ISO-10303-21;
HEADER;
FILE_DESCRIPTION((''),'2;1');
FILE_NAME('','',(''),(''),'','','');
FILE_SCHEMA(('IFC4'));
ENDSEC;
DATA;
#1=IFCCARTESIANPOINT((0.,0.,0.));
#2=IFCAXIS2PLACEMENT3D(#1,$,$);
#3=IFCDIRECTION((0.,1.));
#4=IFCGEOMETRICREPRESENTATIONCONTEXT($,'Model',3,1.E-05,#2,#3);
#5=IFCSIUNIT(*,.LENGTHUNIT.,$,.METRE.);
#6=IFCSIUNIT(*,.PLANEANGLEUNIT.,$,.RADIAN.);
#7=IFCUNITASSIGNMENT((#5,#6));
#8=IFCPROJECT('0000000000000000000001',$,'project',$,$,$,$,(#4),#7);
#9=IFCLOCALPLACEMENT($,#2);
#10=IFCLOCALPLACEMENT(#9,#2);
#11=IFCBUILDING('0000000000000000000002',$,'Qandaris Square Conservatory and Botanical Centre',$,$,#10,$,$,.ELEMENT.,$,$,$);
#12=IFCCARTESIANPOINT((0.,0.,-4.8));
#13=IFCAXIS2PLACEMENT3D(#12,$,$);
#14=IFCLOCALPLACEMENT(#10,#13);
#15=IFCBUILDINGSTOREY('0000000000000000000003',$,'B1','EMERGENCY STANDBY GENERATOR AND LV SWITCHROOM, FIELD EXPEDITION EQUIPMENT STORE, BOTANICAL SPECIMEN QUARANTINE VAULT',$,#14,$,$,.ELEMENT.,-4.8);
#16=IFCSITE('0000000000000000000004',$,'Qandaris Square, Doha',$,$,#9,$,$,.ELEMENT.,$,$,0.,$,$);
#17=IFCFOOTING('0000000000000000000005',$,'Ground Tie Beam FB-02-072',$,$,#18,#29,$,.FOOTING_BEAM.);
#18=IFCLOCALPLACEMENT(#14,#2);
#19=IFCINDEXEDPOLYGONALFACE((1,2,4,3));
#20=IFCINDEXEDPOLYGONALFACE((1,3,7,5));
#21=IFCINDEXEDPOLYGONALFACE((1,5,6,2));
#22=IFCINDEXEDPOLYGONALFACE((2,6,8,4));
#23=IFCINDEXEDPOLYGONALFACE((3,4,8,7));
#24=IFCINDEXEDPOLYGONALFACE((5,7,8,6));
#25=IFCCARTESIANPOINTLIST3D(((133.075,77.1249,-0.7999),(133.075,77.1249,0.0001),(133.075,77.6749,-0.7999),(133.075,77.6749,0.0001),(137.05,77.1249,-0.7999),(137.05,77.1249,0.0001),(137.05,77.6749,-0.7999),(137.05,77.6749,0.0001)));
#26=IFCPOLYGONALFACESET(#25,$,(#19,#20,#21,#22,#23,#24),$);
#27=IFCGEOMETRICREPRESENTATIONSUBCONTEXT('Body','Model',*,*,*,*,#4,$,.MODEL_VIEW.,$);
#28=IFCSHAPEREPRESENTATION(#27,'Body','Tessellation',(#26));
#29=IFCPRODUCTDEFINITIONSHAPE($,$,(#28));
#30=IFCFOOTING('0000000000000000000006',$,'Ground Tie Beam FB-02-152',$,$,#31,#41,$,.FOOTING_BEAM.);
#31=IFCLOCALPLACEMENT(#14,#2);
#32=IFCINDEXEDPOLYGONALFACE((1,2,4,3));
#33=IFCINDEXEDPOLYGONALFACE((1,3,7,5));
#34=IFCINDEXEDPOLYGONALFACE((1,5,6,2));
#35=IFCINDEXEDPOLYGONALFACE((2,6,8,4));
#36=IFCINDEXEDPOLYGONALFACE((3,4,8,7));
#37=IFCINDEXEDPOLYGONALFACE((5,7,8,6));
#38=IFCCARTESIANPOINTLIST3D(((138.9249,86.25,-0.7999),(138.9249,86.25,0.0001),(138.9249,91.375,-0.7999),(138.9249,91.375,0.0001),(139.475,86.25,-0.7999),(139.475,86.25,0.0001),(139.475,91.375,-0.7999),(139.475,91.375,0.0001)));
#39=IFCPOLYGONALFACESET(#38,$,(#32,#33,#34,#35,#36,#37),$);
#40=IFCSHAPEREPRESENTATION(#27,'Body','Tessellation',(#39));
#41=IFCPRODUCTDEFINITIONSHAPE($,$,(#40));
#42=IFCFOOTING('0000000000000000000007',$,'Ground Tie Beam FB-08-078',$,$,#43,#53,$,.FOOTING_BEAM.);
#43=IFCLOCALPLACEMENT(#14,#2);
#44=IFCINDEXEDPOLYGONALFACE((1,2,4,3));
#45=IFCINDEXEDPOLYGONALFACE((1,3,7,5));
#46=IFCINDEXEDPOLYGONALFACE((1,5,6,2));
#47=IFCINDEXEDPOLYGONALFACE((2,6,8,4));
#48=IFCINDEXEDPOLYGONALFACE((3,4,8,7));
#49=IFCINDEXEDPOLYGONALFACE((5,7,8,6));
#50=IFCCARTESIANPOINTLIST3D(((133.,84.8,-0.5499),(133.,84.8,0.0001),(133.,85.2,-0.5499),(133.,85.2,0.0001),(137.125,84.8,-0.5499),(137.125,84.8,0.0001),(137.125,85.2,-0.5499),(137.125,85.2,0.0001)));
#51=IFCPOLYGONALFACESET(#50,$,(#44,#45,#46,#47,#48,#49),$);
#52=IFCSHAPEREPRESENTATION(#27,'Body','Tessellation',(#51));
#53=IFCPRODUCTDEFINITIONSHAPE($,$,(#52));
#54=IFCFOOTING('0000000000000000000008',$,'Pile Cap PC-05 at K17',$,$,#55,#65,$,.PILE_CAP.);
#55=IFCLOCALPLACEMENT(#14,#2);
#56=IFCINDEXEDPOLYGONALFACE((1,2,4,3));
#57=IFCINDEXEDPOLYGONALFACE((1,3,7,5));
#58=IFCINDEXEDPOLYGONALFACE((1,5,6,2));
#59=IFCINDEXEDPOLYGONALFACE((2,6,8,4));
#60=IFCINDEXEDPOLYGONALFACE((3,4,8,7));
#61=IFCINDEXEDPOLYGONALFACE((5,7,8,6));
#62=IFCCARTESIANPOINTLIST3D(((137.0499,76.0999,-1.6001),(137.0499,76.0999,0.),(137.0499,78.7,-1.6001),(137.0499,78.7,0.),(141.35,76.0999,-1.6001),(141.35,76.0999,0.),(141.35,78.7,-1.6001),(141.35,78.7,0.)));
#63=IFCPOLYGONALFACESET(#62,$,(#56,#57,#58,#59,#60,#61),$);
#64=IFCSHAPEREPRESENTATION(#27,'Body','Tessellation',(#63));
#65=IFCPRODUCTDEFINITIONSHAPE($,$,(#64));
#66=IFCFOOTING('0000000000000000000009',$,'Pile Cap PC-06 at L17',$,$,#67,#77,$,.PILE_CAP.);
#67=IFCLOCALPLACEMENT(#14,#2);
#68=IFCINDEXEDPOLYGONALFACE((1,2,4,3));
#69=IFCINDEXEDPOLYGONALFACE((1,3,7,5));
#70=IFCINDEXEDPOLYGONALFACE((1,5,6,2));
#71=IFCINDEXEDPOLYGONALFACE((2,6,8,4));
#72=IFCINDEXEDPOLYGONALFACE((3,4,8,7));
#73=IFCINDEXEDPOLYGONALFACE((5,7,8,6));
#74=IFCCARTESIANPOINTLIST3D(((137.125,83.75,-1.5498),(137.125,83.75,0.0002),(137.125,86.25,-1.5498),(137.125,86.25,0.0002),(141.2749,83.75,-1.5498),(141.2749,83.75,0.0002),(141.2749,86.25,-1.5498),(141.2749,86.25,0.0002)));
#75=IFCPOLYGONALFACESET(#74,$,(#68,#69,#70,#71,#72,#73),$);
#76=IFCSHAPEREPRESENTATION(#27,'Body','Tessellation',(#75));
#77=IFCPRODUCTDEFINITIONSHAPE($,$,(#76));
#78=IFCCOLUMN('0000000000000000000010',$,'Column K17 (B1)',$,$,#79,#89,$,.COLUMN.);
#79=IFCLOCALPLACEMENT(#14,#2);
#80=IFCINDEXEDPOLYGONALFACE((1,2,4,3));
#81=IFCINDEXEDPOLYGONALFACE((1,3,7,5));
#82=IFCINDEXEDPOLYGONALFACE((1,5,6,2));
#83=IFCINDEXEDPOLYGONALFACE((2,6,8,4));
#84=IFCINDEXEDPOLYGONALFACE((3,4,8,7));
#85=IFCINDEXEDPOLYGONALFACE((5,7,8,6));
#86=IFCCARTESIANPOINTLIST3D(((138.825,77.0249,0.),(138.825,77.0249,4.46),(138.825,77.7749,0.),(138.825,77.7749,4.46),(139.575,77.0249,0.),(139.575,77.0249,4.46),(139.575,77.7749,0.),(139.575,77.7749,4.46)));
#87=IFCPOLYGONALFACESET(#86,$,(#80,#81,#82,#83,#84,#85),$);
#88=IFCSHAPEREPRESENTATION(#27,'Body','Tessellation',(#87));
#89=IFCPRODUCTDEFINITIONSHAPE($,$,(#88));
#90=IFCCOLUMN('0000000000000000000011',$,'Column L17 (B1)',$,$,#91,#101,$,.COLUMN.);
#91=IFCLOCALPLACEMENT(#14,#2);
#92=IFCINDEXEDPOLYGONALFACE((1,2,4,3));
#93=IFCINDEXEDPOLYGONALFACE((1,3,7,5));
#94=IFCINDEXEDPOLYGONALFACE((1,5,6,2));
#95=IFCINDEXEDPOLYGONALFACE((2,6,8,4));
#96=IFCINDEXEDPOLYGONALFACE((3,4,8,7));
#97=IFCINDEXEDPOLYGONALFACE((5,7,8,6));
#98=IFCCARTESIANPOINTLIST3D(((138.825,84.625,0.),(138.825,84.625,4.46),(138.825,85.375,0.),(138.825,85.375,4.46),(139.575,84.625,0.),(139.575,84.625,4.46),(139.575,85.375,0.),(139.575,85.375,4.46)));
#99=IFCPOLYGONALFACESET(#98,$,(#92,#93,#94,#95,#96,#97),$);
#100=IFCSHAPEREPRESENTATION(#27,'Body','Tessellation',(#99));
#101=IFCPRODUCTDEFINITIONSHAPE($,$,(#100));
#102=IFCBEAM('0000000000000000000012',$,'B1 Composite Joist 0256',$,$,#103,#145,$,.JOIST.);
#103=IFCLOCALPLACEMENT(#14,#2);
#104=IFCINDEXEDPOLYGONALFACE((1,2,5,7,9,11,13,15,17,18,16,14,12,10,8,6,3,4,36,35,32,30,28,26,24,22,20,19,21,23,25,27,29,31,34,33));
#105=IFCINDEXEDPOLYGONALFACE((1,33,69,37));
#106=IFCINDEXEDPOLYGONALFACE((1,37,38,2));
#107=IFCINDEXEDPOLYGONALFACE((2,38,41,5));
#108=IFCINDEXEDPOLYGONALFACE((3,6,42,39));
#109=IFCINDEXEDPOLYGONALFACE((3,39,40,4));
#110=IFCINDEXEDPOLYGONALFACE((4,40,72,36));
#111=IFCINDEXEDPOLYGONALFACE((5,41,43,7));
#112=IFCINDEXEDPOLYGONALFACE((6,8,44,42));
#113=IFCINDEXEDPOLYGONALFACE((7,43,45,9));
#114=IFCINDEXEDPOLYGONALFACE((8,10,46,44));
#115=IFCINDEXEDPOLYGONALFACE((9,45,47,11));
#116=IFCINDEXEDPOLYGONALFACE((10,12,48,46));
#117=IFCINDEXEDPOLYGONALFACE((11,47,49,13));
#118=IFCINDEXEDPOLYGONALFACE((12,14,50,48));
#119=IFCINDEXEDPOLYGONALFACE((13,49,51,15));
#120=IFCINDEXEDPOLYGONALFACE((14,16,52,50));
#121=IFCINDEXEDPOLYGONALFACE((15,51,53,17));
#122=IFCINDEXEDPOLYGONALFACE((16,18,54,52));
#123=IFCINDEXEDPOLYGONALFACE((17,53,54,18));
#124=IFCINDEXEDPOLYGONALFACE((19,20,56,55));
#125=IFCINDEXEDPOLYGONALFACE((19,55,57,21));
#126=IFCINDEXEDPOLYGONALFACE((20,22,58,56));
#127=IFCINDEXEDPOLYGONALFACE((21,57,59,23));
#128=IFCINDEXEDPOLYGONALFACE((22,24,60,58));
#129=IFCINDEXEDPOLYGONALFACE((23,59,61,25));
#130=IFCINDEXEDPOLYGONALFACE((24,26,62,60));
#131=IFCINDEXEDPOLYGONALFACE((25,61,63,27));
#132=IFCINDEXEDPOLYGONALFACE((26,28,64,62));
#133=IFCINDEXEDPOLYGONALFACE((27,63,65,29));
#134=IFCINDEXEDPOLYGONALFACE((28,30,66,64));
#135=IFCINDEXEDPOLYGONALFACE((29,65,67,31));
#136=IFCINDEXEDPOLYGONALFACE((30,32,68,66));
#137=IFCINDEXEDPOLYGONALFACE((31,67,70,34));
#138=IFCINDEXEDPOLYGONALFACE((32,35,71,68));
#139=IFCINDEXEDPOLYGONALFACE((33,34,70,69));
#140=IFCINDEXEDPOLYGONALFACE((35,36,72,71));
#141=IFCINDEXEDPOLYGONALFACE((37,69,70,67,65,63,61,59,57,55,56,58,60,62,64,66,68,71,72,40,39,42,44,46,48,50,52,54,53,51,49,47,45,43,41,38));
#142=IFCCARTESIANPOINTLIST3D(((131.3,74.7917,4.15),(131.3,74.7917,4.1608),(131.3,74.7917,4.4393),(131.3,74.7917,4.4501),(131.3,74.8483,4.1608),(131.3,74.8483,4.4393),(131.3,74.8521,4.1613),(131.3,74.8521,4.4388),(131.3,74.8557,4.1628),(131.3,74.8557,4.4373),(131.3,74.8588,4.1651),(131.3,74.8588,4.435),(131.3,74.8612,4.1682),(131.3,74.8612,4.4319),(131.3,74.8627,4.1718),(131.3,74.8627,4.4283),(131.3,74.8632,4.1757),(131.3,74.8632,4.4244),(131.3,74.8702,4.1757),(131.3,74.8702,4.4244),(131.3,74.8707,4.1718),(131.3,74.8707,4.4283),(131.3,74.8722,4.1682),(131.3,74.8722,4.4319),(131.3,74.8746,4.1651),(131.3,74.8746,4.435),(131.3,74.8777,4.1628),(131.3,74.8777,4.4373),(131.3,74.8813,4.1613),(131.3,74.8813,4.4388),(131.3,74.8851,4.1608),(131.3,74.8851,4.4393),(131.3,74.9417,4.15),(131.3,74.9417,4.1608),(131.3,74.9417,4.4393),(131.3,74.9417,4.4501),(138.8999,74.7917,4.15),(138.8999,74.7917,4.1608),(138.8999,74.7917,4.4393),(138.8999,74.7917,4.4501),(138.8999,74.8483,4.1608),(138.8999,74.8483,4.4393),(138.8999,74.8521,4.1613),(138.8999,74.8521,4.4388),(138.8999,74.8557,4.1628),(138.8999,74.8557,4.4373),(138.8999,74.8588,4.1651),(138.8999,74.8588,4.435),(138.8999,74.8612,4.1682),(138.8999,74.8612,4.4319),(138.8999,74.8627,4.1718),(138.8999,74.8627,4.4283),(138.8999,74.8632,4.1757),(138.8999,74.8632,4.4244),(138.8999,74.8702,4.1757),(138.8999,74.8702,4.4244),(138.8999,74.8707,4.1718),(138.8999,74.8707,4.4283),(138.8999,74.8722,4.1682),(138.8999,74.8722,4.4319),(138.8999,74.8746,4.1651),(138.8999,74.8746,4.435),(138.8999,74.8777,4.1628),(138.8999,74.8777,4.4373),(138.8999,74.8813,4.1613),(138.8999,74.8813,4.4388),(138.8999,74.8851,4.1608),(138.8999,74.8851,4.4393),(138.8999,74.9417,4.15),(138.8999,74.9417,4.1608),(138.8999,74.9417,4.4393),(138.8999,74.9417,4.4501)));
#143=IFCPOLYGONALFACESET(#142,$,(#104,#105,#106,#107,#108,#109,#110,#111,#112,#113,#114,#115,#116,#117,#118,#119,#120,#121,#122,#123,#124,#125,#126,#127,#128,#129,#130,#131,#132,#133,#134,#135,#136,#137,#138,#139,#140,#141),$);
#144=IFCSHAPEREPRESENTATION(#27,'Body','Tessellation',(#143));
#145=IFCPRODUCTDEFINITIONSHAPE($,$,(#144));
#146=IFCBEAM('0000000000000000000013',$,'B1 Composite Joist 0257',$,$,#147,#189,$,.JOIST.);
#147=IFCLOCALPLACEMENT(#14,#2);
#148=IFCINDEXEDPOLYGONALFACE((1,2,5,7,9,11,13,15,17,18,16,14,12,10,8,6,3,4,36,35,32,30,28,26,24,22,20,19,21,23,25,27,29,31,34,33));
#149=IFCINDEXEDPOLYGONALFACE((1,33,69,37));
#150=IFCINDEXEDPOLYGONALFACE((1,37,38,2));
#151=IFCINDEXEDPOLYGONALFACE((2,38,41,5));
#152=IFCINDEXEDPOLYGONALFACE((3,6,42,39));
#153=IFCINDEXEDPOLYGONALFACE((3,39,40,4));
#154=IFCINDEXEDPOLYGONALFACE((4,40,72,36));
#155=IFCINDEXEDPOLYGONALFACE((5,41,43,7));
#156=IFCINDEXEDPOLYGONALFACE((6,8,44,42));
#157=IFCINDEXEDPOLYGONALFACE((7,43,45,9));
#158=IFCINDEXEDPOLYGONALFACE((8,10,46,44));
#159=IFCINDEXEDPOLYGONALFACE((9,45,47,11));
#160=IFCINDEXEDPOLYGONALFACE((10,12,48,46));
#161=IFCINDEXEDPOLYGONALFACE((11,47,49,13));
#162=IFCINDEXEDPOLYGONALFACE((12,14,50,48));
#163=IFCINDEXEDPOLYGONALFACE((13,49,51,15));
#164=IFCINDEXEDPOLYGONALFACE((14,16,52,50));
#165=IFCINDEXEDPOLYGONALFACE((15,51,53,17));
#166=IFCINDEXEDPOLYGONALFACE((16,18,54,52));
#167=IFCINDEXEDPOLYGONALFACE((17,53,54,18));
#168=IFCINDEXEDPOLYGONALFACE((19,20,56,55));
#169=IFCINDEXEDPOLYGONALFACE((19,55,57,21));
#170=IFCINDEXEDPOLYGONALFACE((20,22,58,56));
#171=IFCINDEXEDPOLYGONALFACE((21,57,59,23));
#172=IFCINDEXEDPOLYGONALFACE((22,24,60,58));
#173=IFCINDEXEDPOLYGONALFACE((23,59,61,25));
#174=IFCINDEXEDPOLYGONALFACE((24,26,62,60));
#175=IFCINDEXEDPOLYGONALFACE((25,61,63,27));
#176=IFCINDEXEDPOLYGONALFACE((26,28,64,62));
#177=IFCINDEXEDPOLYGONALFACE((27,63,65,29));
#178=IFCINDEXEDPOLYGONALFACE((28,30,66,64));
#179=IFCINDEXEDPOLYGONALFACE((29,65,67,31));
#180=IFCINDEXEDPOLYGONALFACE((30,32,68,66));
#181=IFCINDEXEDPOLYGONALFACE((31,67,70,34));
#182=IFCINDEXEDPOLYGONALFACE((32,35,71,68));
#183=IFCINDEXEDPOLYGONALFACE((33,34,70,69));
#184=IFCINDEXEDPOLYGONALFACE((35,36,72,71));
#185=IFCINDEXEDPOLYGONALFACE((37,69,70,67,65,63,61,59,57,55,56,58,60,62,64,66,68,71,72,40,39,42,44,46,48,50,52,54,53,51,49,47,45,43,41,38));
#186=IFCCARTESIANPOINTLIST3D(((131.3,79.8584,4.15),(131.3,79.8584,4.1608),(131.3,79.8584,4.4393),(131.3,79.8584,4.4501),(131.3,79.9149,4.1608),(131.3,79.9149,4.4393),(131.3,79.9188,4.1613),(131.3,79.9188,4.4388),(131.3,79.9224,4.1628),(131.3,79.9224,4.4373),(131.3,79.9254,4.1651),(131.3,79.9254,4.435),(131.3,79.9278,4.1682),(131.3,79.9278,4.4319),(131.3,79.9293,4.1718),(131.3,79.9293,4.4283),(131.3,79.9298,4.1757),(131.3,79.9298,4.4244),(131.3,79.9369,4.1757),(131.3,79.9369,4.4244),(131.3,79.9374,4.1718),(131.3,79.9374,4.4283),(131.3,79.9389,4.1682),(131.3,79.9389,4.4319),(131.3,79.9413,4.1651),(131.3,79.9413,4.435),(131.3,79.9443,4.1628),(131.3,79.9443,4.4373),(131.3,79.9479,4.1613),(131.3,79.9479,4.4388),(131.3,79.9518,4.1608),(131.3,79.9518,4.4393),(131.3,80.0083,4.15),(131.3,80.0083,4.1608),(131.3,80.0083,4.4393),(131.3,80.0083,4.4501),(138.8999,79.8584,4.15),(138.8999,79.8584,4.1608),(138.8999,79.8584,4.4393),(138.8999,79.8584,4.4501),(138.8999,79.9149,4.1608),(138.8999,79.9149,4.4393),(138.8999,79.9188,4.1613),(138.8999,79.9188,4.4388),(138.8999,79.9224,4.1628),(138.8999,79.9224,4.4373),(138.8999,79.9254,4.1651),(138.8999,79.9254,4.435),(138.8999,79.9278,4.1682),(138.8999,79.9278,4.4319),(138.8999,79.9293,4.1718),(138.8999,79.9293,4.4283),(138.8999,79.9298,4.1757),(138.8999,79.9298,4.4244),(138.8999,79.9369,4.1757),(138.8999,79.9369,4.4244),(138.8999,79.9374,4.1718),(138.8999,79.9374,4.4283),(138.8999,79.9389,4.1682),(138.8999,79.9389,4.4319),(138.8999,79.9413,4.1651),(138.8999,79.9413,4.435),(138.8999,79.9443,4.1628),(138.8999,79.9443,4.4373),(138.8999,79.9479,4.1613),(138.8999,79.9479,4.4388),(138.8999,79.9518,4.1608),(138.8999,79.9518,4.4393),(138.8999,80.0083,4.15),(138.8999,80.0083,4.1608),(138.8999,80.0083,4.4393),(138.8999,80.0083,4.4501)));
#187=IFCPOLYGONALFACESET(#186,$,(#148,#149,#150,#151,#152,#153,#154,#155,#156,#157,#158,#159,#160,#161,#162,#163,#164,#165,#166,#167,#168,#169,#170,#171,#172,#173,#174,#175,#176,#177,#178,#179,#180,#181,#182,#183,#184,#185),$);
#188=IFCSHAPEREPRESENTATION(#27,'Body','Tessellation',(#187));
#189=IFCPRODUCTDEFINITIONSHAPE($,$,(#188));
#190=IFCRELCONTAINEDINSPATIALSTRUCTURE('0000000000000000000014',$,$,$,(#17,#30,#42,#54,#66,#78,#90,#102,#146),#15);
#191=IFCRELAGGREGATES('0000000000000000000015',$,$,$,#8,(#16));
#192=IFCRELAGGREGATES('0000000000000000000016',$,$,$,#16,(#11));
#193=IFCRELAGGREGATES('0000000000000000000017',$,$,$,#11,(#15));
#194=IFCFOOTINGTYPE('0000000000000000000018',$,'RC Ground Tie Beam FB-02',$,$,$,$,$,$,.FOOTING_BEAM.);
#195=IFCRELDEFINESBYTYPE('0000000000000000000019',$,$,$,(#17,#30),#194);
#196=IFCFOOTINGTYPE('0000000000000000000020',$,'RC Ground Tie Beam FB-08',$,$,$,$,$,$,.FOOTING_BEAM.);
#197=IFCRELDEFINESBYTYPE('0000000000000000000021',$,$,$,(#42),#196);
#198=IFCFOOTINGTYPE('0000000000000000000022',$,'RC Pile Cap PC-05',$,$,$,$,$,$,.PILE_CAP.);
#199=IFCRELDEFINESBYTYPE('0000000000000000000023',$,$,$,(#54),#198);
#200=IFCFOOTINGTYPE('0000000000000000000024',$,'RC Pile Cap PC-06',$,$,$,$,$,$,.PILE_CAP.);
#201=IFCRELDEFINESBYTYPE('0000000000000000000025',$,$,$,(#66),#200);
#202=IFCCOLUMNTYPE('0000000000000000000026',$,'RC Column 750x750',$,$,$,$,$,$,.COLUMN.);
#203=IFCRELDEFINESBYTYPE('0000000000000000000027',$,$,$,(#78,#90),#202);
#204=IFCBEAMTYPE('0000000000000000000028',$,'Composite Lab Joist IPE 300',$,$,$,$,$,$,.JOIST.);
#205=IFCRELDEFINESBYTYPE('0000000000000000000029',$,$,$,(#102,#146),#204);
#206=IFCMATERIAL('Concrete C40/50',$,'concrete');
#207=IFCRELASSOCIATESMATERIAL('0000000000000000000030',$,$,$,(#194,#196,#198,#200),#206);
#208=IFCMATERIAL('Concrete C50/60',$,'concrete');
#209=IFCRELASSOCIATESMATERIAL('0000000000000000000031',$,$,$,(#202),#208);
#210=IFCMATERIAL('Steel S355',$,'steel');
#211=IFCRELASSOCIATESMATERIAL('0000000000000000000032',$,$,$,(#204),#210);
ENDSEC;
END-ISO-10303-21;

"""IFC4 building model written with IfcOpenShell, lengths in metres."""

from ifc_helpers import new_model, si_unit, direction, frame, origin, origin_2d, place, context, subcontext, project, spatial, rectangle, i_section, extrude, material, material_profile, profile_set, type_object, element, save


model = new_model("IFC4")

# Units and contexts
model_context = context("Model", 3, precision=1e-05, world=origin(), true_north=direction((0.0, 1.0)))
body_context = subcontext(model_context, "Body", "Model", "MODEL_VIEW")
ifc_project = project(units=[si_unit("LENGTHUNIT", "METRE"), si_unit("PLANEANGLEUNIT", "RADIAN")], contexts=[model_context])

# Site, building, storey
site_placement = place(None, origin())
site = spatial("IfcSite", under=ifc_project, at=site_placement, Name="Qandaris Square, Doha", CompositionType="ELEMENT", RefElevation=0.0)
building_placement = place(site_placement, origin())
building = spatial("IfcBuilding", under=site, at=building_placement, Name="Qandaris Square Conservatory and Botanical Centre", CompositionType="ELEMENT")
storey_placement = place(building_placement, frame((0.0, 0.0, -4.8)))
storey = spatial("IfcBuildingStorey", under=building, at=storey_placement, Name="B1", Description="EMERGENCY STANDBY GENERATOR AND LV SWITCHROOM, FIELD EXPEDITION EQUIPMENT STORE, BOTANICAL SPECIMEN QUARANTINE VAULT", CompositionType="ELEMENT", Elevation=-4.8)

# Shared definitions
ifc_material_1 = material(Name="Concrete C50/60", Category="concrete")

# Footings
ifc_material_2 = material(Name="Concrete C40/50", Category="concrete")
ifc_material_profile_1 = material_profile(ifc_material_2, rectangle(XDim=0.55, YDim=0.8, at=origin_2d()), Name="FB 550x800")
ifc_profile_set_1 = profile_set([ifc_material_profile_1], Name="Concrete C40/50")
footing_type_1 = type_object("IfcFootingType", Name="RC Ground Tie Beam FB-02", PredefinedType="FOOTING_BEAM", material=ifc_profile_set_1)
footing_1_placement = place(storey_placement, frame((133.075, 77.3999, -0.3999), z_axis=(1.0, 0.0, 0.0), x_axis=(0.0, 1.0, 0.0)))
element("IfcFooting", 1, at=footing_1_placement, inside=storey, type_object=footing_type_1, Name="Ground Tie Beam FB-02-072", PredefinedType="FOOTING_BEAM", context=body_context, shape_type="SweptSolid", body=[
    extrude(rectangle(XDim=0.55, YDim=0.8, at=origin_2d()), origin(), (0.0, 0.0, 1.0), 3.9751),
])
footing_2_placement = place(storey_placement, frame((139.2, 86.25, -0.3999), z_axis=(0.0, 1.0, 0.0), x_axis=(-1.0, 0.0, 0.0)))
element("IfcFooting", 2, at=footing_2_placement, inside=storey, type_object=footing_type_1, Name="Ground Tie Beam FB-02-152", PredefinedType="FOOTING_BEAM", context=body_context, shape_type="SweptSolid", body=[
    extrude(rectangle(XDim=0.55, YDim=0.8, at=origin_2d()), origin(), (0.0, 0.0, 1.0), 5.125),
])
ifc_material_profile_2 = material_profile(ifc_material_2, rectangle(XDim=0.3999, YDim=0.55, at=origin_2d()), Name="FB 400x550")
ifc_profile_set_2 = profile_set([ifc_material_profile_2], Name="Concrete C40/50")
footing_type_2 = type_object("IfcFootingType", Name="RC Ground Tie Beam FB-08", PredefinedType="FOOTING_BEAM", material=ifc_profile_set_2)
footing_3_placement = place(storey_placement, frame((133.0, 85.0, -0.2749), z_axis=(1.0, 0.0, 0.0), x_axis=(0.0, 1.0, 0.0)))
element("IfcFooting", 3, at=footing_3_placement, inside=storey, type_object=footing_type_2, Name="Ground Tie Beam FB-08-078", PredefinedType="FOOTING_BEAM", context=body_context, shape_type="SweptSolid", body=[
    extrude(rectangle(XDim=0.3999, YDim=0.55, at=origin_2d()), origin(), (0.0, 0.0, 1.0), 4.125),
])
footing_type_3 = type_object("IfcFootingType", Name="RC Pile Cap PC-05", PredefinedType="PILE_CAP", material=ifc_material_2)
footing_4_placement = place(storey_placement, frame((139.2, 77.3999, -1.6001), z_axis=(0.0, 0.0, 1.0), x_axis=(1.0, 0.0, 0.0)))
element("IfcFooting", 4, at=footing_4_placement, inside=storey, type_object=footing_type_3, Name="Pile Cap PC-05 at K17", PredefinedType="PILE_CAP", context=body_context, shape_type="SweptSolid", body=[
    extrude(rectangle(XDim=4.3, YDim=2.6001, at=origin_2d()), origin(), (0.0, 0.0, 1.0), 1.6001),
])
footing_type_4 = type_object("IfcFootingType", Name="RC Pile Cap PC-06", PredefinedType="PILE_CAP", material=ifc_material_2)
footing_5_placement = place(storey_placement, frame((139.2, 85.0, -1.5498), z_axis=(0.0, 0.0, 1.0), x_axis=(1.0, 0.0, 0.0)))
element("IfcFooting", 5, at=footing_5_placement, inside=storey, type_object=footing_type_4, Name="Pile Cap PC-06 at L17", PredefinedType="PILE_CAP", context=body_context, shape_type="SweptSolid", body=[
    extrude(rectangle(XDim=4.1499, YDim=2.5, at=origin_2d()), origin(), (0.0, 0.0, 1.0), 1.55),
])

# Columns
ifc_material_profile_3 = material_profile(ifc_material_1, rectangle(XDim=0.75, YDim=0.75, at=origin_2d()), Name="RC-COL 750x750")
ifc_profile_set_3 = profile_set([ifc_material_profile_3], Name="Concrete C50/60")
column_type = type_object("IfcColumnType", Name="RC Column 750x750", PredefinedType="COLUMN", material=ifc_profile_set_3)
for number, where, z_axis, x_axis, name in (
    (6, (139.2, 77.3999, 0.0), (0.0, 0.0, 1.0), (1.0, 0.0, 0.0), "Column K17 (B1)"),
    (7, (139.2, 85.0, 0.0), (0.0, 0.0, 1.0), (1.0, 0.0, 0.0), "Column L17 (B1)"),
):
    element("IfcColumn", number, at=place(storey_placement, frame(where, z_axis=z_axis, x_axis=x_axis)), inside=storey, type_object=column_type, Name=name, PredefinedType="COLUMN", context=body_context, shape_type="SweptSolid", body=[
        extrude(rectangle(XDim=0.75, YDim=0.75, at=origin_2d()), origin(), (0.0, 0.0, 1.0), 4.46),
    ])

# Beams
ifc_material_3 = material(Name="Steel S355", Category="steel")
ifc_material_profile_4 = material_profile(ifc_material_3, i_section(OverallWidth=0.1499, OverallDepth=0.3, WebThickness=0.0071, FlangeThickness=0.0107, FilletRadius=0.0149, at=origin_2d()), Name="IPE 300")
ifc_profile_set_4 = profile_set([ifc_material_profile_4], Name="Steel S355")
beam_type_1 = type_object("IfcBeamType", Name="Composite Lab Joist IPE 300", PredefinedType="JOIST", material=ifc_profile_set_4)
for number, where, z_axis, x_axis, name in (
    (8, (131.3, 74.8667, 4.3), (1.0, 0.0, 0.0), (0.0, 1.0, 0.0), "B1 Composite Joist 0256"),
    (9, (131.3, 79.9333, 4.3), (1.0, 0.0, 0.0), (0.0, 1.0, 0.0), "B1 Composite Joist 0257"),
):
    element("IfcBeam", number, at=place(storey_placement, frame(where, z_axis=z_axis, x_axis=x_axis)), inside=storey, type_object=beam_type_1, Name=name, PredefinedType="JOIST", context=body_context, shape_type="SweptSolid", body=[
        extrude(i_section(OverallWidth=0.1499, OverallDepth=0.3, WebThickness=0.0071, FlangeThickness=0.0107, FilletRadius=0.0149, at=origin_2d()), origin(), (0.0, 0.0, 1.0), 7.5999),
    ])

save(model, "model.ifc")
